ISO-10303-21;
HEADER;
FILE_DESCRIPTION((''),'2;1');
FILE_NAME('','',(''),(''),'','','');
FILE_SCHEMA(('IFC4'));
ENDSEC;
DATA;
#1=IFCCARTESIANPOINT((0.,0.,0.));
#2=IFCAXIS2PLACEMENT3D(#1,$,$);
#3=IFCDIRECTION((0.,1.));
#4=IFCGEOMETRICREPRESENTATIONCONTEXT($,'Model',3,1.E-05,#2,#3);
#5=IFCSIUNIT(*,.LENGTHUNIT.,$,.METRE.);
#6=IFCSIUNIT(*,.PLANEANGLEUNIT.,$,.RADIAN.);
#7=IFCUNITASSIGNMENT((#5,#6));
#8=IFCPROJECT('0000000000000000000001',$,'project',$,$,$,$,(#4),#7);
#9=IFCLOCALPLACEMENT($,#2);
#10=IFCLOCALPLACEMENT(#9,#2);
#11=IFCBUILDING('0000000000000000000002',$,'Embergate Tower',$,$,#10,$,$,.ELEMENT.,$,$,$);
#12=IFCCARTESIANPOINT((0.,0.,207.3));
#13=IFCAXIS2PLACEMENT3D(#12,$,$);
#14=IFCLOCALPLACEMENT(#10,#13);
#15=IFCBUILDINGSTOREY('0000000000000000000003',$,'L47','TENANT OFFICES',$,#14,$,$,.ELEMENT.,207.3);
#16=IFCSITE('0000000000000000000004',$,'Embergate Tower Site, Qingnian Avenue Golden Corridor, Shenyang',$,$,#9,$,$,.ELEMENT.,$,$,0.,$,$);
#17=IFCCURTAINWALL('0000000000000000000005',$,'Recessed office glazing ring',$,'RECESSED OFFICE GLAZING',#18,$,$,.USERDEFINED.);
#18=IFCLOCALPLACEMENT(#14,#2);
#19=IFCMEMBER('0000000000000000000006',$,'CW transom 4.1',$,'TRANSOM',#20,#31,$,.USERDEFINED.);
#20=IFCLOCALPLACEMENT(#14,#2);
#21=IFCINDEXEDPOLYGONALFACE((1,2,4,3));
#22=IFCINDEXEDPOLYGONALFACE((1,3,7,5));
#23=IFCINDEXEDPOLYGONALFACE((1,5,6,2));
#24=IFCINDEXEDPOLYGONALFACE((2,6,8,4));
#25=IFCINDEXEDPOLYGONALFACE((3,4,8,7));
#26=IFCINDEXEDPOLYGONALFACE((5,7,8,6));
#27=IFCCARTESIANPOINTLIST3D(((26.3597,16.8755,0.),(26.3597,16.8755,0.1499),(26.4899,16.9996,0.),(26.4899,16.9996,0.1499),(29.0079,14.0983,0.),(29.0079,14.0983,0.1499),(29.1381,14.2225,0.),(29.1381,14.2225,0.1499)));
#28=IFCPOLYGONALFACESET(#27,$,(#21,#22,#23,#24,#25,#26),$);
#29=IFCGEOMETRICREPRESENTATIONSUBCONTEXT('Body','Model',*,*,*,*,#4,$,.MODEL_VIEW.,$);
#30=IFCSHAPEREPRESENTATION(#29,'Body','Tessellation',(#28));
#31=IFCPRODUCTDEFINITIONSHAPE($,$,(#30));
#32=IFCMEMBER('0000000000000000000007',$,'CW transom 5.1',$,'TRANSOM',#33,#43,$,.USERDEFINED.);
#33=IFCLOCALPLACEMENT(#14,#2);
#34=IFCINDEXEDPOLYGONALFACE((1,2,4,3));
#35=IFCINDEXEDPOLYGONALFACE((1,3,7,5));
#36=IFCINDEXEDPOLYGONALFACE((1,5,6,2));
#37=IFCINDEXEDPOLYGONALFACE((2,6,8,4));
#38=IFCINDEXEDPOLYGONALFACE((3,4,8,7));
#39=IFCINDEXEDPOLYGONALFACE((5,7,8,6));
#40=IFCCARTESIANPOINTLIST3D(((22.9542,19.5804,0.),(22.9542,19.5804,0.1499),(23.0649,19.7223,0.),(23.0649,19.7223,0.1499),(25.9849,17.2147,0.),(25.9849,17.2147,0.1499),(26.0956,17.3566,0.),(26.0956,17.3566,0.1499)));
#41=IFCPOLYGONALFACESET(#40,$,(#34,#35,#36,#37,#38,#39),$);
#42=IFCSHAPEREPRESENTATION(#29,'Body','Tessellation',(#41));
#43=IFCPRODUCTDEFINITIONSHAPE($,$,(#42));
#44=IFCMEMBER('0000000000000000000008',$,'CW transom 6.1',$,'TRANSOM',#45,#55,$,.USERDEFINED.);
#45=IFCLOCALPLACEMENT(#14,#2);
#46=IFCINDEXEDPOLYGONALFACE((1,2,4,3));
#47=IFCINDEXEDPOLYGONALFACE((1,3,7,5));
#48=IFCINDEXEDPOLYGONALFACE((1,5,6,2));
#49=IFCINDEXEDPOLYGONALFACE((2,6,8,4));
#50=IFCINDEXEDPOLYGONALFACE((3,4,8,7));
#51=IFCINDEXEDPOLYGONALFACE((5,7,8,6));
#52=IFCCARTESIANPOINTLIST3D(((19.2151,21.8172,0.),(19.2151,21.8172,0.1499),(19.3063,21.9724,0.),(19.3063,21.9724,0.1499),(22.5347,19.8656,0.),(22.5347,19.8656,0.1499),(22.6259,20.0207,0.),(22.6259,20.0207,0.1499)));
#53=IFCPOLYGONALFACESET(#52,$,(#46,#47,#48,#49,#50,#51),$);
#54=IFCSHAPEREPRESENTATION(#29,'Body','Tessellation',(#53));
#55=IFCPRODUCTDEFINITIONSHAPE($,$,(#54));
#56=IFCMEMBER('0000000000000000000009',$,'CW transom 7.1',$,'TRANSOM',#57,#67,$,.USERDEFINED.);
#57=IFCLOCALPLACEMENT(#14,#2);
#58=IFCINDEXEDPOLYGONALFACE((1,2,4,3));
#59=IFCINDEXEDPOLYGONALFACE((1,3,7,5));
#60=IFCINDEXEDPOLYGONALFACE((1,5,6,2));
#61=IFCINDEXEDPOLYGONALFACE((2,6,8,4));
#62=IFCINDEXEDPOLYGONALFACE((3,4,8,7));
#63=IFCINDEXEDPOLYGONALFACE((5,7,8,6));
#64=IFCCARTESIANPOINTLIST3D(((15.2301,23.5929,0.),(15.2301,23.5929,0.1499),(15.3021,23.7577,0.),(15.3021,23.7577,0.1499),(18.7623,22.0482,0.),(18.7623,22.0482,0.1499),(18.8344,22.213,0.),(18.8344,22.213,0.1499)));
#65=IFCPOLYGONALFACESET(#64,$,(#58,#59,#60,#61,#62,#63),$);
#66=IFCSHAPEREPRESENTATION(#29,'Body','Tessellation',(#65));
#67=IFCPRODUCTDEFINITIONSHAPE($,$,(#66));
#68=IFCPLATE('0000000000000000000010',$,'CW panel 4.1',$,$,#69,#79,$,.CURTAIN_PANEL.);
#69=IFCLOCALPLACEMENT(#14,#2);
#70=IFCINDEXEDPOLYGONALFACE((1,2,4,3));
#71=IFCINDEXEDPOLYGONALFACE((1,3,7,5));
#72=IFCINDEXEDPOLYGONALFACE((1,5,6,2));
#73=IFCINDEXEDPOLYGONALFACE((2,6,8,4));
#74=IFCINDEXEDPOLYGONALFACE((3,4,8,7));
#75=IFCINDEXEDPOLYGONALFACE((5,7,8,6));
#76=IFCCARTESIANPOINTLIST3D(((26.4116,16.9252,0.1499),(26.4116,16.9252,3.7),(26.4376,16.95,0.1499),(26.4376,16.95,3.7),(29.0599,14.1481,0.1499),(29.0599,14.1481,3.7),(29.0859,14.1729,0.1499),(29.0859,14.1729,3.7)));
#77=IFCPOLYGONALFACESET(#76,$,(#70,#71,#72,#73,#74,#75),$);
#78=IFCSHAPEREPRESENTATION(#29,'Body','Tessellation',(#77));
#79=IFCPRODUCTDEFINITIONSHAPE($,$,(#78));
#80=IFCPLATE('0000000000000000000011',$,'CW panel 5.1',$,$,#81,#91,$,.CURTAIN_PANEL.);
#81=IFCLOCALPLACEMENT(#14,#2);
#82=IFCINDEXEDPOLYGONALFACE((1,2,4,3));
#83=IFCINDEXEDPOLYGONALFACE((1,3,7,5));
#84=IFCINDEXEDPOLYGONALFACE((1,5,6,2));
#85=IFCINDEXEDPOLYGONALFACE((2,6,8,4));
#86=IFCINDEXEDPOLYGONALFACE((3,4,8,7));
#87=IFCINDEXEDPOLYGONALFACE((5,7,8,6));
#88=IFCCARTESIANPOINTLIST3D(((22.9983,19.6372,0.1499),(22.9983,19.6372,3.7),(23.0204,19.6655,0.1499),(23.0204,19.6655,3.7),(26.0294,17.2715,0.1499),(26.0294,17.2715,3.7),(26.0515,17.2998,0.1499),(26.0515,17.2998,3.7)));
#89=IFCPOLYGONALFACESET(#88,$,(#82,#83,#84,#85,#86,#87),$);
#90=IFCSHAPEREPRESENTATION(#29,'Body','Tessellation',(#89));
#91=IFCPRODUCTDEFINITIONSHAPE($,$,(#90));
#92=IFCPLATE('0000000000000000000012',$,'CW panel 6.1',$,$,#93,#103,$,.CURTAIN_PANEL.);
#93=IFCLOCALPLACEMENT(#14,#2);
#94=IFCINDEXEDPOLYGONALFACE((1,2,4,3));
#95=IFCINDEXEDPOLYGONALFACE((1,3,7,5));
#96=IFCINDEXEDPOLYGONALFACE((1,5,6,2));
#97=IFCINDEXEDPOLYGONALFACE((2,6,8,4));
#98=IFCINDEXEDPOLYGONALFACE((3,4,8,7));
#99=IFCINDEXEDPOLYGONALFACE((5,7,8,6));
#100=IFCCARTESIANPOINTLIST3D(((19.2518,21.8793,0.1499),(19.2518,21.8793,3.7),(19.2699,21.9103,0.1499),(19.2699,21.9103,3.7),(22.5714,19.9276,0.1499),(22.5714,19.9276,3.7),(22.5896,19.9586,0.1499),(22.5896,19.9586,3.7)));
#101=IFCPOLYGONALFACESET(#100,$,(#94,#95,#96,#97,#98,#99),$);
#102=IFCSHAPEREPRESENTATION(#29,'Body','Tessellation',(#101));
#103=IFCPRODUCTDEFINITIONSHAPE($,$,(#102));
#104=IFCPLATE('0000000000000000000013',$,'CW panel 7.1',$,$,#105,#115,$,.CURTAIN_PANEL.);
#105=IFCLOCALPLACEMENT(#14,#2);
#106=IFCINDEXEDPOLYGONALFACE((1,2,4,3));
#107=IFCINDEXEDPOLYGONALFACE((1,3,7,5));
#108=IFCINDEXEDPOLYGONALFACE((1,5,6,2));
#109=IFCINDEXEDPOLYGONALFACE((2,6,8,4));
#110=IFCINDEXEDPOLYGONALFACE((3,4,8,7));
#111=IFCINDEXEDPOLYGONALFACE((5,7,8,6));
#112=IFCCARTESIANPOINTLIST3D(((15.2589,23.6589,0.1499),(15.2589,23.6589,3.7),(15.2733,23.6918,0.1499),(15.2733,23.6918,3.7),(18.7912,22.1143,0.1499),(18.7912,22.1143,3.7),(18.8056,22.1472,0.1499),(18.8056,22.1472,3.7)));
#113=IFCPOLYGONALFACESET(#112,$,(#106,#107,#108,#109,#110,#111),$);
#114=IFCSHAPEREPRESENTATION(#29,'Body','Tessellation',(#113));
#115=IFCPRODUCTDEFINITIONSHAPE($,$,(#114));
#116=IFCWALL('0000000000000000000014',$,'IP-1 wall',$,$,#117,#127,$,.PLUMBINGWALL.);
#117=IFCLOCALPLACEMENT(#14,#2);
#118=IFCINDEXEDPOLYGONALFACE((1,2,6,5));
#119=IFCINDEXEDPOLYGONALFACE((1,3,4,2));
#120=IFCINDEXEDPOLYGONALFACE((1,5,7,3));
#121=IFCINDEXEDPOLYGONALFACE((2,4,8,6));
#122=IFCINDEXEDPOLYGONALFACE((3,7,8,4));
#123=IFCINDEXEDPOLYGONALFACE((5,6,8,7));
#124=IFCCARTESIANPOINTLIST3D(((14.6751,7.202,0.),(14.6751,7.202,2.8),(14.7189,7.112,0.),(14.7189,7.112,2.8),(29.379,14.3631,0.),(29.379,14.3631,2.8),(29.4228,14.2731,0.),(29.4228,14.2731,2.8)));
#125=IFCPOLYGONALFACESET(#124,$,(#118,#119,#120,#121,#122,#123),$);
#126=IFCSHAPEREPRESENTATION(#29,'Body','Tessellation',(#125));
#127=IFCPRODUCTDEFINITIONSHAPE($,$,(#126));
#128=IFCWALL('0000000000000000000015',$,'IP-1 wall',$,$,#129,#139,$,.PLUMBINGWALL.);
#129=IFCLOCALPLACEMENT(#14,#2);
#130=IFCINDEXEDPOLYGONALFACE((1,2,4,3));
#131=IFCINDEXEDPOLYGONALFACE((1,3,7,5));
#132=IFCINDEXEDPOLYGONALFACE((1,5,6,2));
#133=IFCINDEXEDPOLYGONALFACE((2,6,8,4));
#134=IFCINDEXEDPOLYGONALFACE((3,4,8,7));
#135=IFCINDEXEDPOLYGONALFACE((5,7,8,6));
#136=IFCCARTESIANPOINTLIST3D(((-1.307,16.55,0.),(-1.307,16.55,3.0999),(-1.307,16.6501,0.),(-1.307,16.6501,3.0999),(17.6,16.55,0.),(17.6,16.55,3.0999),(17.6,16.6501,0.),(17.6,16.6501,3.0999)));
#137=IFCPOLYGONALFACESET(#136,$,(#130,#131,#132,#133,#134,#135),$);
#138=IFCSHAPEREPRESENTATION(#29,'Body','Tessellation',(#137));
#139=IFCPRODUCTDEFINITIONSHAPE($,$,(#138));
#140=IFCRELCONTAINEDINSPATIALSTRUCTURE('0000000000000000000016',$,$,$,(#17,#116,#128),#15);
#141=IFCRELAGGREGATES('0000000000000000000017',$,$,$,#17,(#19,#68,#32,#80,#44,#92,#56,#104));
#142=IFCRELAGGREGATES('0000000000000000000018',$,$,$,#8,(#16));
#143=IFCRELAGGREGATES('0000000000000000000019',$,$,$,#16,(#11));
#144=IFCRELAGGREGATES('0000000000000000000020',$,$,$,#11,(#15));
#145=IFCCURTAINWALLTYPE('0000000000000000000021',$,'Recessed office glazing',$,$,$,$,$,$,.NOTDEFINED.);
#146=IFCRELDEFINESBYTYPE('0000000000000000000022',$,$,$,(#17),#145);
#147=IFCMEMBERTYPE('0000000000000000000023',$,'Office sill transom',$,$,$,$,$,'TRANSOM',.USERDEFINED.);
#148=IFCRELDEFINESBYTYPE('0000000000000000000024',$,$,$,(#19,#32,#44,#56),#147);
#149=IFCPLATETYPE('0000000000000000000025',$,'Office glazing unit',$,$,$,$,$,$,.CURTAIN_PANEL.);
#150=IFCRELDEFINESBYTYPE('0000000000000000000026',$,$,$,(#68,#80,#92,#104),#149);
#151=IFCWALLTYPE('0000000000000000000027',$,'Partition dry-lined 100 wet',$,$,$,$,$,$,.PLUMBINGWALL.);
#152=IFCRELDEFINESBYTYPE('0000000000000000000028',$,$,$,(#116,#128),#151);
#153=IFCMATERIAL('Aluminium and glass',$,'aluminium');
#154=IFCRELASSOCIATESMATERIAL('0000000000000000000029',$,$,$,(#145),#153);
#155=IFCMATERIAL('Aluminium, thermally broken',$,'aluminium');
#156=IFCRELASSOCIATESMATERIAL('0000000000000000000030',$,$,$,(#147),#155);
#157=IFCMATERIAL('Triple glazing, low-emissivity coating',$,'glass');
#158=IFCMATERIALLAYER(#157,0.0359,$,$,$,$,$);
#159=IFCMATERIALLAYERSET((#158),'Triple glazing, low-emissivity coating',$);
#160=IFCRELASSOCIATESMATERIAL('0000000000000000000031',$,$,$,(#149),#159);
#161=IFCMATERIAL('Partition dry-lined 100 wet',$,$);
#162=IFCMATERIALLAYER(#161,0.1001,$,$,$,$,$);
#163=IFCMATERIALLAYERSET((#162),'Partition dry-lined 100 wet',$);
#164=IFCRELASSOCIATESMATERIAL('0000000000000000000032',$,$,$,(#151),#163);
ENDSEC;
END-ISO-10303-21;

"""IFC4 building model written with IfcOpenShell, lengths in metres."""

from ifc_helpers import new_model, si_unit, direction, frame, frame_2d, origin, origin_2d, place, context, subcontext, project, spatial, rectangle, extrude, source, transform, mapped, material, layer, layer_set, material_profile, profile_set, type_object, element, aggregate, save


model = new_model("IFC4")

# Units and contexts
model_context = context("Model", 3, precision=1e-05, world=origin(), true_north=direction((0.0, 1.0)))
body_context = subcontext(model_context, "Body", "Model", "MODEL_VIEW")
ifc_project = project(units=[si_unit("LENGTHUNIT", "METRE"), si_unit("PLANEANGLEUNIT", "RADIAN")], contexts=[model_context])

# Site, building, storey
site_placement = place(None, origin())
site = spatial("IfcSite", under=ifc_project, at=site_placement, Name="Embergate Tower Site, Qingnian Avenue Golden Corridor, Shenyang", CompositionType="ELEMENT", RefElevation=0.0)
building_placement = place(site_placement, origin())
building = spatial("IfcBuilding", under=site, at=building_placement, Name="Embergate Tower", CompositionType="ELEMENT")
storey_placement = place(building_placement, frame((0.0, 0.0, 207.3)))
storey = spatial("IfcBuildingStorey", under=building, at=storey_placement, Name="L47", Description="TENANT OFFICES", CompositionType="ELEMENT", Elevation=207.3)

# Curtain wall, members, plates
ifc_material_1 = material(Name="Aluminium and glass", Category="aluminium")
curtain_wall_type = type_object("IfcCurtainWallType", Name="Recessed office glazing", PredefinedType="NOTDEFINED", material=ifc_material_1)
curtain_wall_placement = place(storey_placement, origin())
curtain_wall = element("IfcCurtainWall", 1, at=curtain_wall_placement, inside=storey, type_object=curtain_wall_type, Name="Recessed office glazing ring", ObjectType="RECESSED OFFICE GLAZING", PredefinedType="USERDEFINED")
ifc_material_2 = material(Name="Aluminium, thermally broken", Category="aluminium")
ifc_material_profile_1 = material_profile(ifc_material_2, rectangle(XDim=0.1799, YDim=0.1499, at=origin_2d()), Name="AL 150x180")
ifc_profile_set_1 = profile_set([ifc_material_profile_1], Name="Aluminium, thermally broken")
member_type_1 = type_object("IfcMemberType", Name="Office sill transom", ElementType="TRANSOM", PredefinedType="USERDEFINED", material=ifc_profile_set_1)
shared_shape_1 = source(origin(), body_context, "Body", "SweptSolid", [
    extrude(rectangle(XDim=0.1799, YDim=0.1499, at=origin_2d()), origin(), (0.0, 0.0, 1.0), 3.8374),
])
member_1_placement = place(storey_placement, frame((29.073, 14.1604, 0.075), z_axis=(-0.690111, 0.723704, 0.0), x_axis=(-0.723704, -0.690111, 0.0)))
member_1 = element("IfcMember", 2, at=member_1_placement, type_object=member_type_1, Name="CW transom 4.1", ObjectType="TRANSOM", PredefinedType="USERDEFINED", context=body_context, shape_type="MappedRepresentation", body=[
    mapped(shared_shape_1, transform((0.0, 0.0, 0.0))),
])
shared_shape_2 = source(origin(), body_context, "Body", "SweptSolid", [
    extrude(rectangle(XDim=0.1799, YDim=0.1499, at=origin_2d()), origin(), (0.0, 0.0, 1.0), 3.8447),
])
member_2_placement = place(storey_placement, frame((26.0403, 17.2856, 0.075), z_axis=(-0.788284, 0.615311, 0.0), x_axis=(-0.615311, -0.788284, 0.0)))
member_2 = element("IfcMember", 3, at=member_2_placement, type_object=member_type_1, Name="CW transom 5.1", ObjectType="TRANSOM", PredefinedType="USERDEFINED", context=body_context, shape_type="MappedRepresentation", body=[
    mapped(shared_shape_2, transform((0.0, 0.0, 0.0))),
])
shared_shape_3 = source(origin(), body_context, "Body", "SweptSolid", [
    extrude(rectangle(XDim=0.1799, YDim=0.1499, at=origin_2d()), origin(), (0.0, 0.0, 1.0), 3.8508),
])
member_3_placement = place(storey_placement, frame((22.5803, 19.9431, 0.075), z_axis=(-0.862052, 0.506821, 0.0), x_axis=(-0.506821, -0.862052, 0.0)))
member_3 = element("IfcMember", 4, at=member_3_placement, type_object=member_type_1, Name="CW transom 6.1", ObjectType="TRANSOM", PredefinedType="USERDEFINED", context=body_context, shape_type="MappedRepresentation", body=[
    mapped(shared_shape_3, transform((0.0, 0.0, 0.0))),
])
shared_shape_4 = source(origin(), body_context, "Body", "SweptSolid", [
    extrude(rectangle(XDim=0.1799, YDim=0.1499, at=origin_2d()), origin(), (0.0, 0.0, 1.0), 3.8552),
])
member_4_placement = place(storey_placement, frame((18.7983, 22.1306, 0.075), z_axis=(-0.916221, 0.400673, 0.0), x_axis=(-0.400673, -0.916221, 0.0)))
member_4 = element("IfcMember", 5, at=member_4_placement, type_object=member_type_1, Name="CW transom 7.1", ObjectType="TRANSOM", PredefinedType="USERDEFINED", context=body_context, shape_type="MappedRepresentation", body=[
    mapped(shared_shape_4, transform((0.0, 0.0, 0.0))),
])
ifc_material_3 = material(Name="Triple glazing, low-emissivity coating", Category="glass")
ifc_layer_1 = layer(ifc_material_3, 0.0359)
ifc_layer_set_1 = layer_set([ifc_layer_1], Name="Triple glazing, low-emissivity coating")
plate_type = type_object("IfcPlateType", Name="Office glazing unit", PredefinedType="CURTAIN_PANEL", material=ifc_layer_set_1)
shared_shape_5 = source(origin(), body_context, "Body", "SweptSolid", [
    extrude(rectangle(XDim=3.8374, YDim=0.0359, at=origin_2d()), origin(), (0.0, 0.0, 1.0), 3.55),
])
plate_1_placement = place(storey_placement, frame((27.7488, 15.5491, 0.1499), z_axis=(0.0, 0.0, 1.0), x_axis=(-0.690129, 0.723687, 0.0)))
plate_1 = element("IfcPlate", 6, at=plate_1_placement, type_object=plate_type, Name="CW panel 4.1", PredefinedType="CURTAIN_PANEL", context=body_context, shape_type="MappedRepresentation", body=[
    mapped(shared_shape_5, transform((0.0, 0.0, 0.0))),
])
shared_shape_6 = source(origin(), body_context, "Body", "SweptSolid", [
    extrude(rectangle(XDim=3.845, YDim=0.0359, at=origin_2d()), origin(), (0.0, 0.0, 1.0), 3.55),
])
plate_2_placement = place(storey_placement, frame((24.5249, 18.4685, 0.1499), z_axis=(0.0, 0.0, 1.0), x_axis=(-0.788316, 0.615271, 0.0)))
plate_2 = element("IfcPlate", 7, at=plate_2_placement, type_object=plate_type, Name="CW panel 5.1", PredefinedType="CURTAIN_PANEL", context=body_context, shape_type="MappedRepresentation", body=[
    mapped(shared_shape_6, transform((0.0, 0.0, 0.0))),
])
shared_shape_7 = source(origin(), body_context, "Body", "SweptSolid", [
    extrude(rectangle(XDim=3.8508, YDim=0.0359, at=origin_2d()), origin(), (0.0, 0.0, 1.0), 3.55),
])
plate_3_placement = place(storey_placement, frame((20.9207, 20.9189, 0.1499), z_axis=(0.0, 0.0, 1.0), x_axis=(-0.86205, 0.506824, 0.0)))
plate_3 = element("IfcPlate", 8, at=plate_3_placement, type_object=plate_type, Name="CW panel 6.1", PredefinedType="CURTAIN_PANEL", context=body_context, shape_type="MappedRepresentation", body=[
    mapped(shared_shape_7, transform((0.0, 0.0, 0.0))),
])
shared_shape_8 = source(origin(), body_context, "Body", "SweptSolid", [
    extrude(rectangle(XDim=3.8552, YDim=0.0359, at=origin_2d()), origin(), (0.0, 0.0, 1.0), 3.55),
])
plate_4_placement = place(storey_placement, frame((17.0322, 22.9031, 0.1499), z_axis=(0.0, 0.0, 1.0), x_axis=(-0.916233, 0.400645, 0.0)))
plate_4 = element("IfcPlate", 9, at=plate_4_placement, type_object=plate_type, Name="CW panel 7.1", PredefinedType="CURTAIN_PANEL", context=body_context, shape_type="MappedRepresentation", body=[
    mapped(shared_shape_8, transform((0.0, 0.0, 0.0))),
])
aggregate(curtain_wall, [member_1, plate_1, member_2, plate_2, member_3, plate_3, member_4, plate_4])

# Walls
ifc_material_4 = material(Name="Partition dry-lined 100 wet")
ifc_layer_2 = layer(ifc_material_4, 0.1001)
ifc_layer_set_2 = layer_set([ifc_layer_2], Name="Partition dry-lined 100 wet")
wall_type = type_object("IfcWallType", Name="Partition dry-lined 100 wet", PredefinedType="PLUMBINGWALL", material=ifc_layer_set_2)
shared_shape_9 = source(origin(), body_context, "Body", "SweptSolid", [
    extrude(rectangle(XDim=16.355, YDim=0.1001, at=frame_2d((8.1775, 0.0))), origin(), (0.0, 0.0, 1.0), 2.8),
])
wall_1_placement = place(storey_placement, frame((29.4009, 14.3181, 0.0), z_axis=(0.0, 0.0, 1.0), x_axis=(-0.899045, -0.437857, 0.0)))
element("IfcWall", 10, at=wall_1_placement, inside=storey, type_object=wall_type, Name="IP-1 wall", PredefinedType="PLUMBINGWALL", context=body_context, shape_type="MappedRepresentation", body=[
    mapped(shared_shape_9, transform((0.0, 0.0, 0.0))),
])
shared_shape_10 = source(origin(), body_context, "Body", "SweptSolid", [
    extrude(rectangle(XDim=18.907, YDim=0.1001, at=frame_2d((9.4536, 0.0))), origin(), (0.0, 0.0, 1.0), 3.0999),
])
wall_2_placement = place(storey_placement, frame((17.6001, 16.6001, 0.0), z_axis=(0.0, 0.0, 1.0), x_axis=(-1.0, 0.0, 0.0)))
element("IfcWall", 11, at=wall_2_placement, inside=storey, type_object=wall_type, Name="IP-1 wall", PredefinedType="PLUMBINGWALL", context=body_context, shape_type="MappedRepresentation", body=[
    mapped(shared_shape_10, transform((0.0, 0.0, 0.0))),
])

save(model, "model.ifc")
